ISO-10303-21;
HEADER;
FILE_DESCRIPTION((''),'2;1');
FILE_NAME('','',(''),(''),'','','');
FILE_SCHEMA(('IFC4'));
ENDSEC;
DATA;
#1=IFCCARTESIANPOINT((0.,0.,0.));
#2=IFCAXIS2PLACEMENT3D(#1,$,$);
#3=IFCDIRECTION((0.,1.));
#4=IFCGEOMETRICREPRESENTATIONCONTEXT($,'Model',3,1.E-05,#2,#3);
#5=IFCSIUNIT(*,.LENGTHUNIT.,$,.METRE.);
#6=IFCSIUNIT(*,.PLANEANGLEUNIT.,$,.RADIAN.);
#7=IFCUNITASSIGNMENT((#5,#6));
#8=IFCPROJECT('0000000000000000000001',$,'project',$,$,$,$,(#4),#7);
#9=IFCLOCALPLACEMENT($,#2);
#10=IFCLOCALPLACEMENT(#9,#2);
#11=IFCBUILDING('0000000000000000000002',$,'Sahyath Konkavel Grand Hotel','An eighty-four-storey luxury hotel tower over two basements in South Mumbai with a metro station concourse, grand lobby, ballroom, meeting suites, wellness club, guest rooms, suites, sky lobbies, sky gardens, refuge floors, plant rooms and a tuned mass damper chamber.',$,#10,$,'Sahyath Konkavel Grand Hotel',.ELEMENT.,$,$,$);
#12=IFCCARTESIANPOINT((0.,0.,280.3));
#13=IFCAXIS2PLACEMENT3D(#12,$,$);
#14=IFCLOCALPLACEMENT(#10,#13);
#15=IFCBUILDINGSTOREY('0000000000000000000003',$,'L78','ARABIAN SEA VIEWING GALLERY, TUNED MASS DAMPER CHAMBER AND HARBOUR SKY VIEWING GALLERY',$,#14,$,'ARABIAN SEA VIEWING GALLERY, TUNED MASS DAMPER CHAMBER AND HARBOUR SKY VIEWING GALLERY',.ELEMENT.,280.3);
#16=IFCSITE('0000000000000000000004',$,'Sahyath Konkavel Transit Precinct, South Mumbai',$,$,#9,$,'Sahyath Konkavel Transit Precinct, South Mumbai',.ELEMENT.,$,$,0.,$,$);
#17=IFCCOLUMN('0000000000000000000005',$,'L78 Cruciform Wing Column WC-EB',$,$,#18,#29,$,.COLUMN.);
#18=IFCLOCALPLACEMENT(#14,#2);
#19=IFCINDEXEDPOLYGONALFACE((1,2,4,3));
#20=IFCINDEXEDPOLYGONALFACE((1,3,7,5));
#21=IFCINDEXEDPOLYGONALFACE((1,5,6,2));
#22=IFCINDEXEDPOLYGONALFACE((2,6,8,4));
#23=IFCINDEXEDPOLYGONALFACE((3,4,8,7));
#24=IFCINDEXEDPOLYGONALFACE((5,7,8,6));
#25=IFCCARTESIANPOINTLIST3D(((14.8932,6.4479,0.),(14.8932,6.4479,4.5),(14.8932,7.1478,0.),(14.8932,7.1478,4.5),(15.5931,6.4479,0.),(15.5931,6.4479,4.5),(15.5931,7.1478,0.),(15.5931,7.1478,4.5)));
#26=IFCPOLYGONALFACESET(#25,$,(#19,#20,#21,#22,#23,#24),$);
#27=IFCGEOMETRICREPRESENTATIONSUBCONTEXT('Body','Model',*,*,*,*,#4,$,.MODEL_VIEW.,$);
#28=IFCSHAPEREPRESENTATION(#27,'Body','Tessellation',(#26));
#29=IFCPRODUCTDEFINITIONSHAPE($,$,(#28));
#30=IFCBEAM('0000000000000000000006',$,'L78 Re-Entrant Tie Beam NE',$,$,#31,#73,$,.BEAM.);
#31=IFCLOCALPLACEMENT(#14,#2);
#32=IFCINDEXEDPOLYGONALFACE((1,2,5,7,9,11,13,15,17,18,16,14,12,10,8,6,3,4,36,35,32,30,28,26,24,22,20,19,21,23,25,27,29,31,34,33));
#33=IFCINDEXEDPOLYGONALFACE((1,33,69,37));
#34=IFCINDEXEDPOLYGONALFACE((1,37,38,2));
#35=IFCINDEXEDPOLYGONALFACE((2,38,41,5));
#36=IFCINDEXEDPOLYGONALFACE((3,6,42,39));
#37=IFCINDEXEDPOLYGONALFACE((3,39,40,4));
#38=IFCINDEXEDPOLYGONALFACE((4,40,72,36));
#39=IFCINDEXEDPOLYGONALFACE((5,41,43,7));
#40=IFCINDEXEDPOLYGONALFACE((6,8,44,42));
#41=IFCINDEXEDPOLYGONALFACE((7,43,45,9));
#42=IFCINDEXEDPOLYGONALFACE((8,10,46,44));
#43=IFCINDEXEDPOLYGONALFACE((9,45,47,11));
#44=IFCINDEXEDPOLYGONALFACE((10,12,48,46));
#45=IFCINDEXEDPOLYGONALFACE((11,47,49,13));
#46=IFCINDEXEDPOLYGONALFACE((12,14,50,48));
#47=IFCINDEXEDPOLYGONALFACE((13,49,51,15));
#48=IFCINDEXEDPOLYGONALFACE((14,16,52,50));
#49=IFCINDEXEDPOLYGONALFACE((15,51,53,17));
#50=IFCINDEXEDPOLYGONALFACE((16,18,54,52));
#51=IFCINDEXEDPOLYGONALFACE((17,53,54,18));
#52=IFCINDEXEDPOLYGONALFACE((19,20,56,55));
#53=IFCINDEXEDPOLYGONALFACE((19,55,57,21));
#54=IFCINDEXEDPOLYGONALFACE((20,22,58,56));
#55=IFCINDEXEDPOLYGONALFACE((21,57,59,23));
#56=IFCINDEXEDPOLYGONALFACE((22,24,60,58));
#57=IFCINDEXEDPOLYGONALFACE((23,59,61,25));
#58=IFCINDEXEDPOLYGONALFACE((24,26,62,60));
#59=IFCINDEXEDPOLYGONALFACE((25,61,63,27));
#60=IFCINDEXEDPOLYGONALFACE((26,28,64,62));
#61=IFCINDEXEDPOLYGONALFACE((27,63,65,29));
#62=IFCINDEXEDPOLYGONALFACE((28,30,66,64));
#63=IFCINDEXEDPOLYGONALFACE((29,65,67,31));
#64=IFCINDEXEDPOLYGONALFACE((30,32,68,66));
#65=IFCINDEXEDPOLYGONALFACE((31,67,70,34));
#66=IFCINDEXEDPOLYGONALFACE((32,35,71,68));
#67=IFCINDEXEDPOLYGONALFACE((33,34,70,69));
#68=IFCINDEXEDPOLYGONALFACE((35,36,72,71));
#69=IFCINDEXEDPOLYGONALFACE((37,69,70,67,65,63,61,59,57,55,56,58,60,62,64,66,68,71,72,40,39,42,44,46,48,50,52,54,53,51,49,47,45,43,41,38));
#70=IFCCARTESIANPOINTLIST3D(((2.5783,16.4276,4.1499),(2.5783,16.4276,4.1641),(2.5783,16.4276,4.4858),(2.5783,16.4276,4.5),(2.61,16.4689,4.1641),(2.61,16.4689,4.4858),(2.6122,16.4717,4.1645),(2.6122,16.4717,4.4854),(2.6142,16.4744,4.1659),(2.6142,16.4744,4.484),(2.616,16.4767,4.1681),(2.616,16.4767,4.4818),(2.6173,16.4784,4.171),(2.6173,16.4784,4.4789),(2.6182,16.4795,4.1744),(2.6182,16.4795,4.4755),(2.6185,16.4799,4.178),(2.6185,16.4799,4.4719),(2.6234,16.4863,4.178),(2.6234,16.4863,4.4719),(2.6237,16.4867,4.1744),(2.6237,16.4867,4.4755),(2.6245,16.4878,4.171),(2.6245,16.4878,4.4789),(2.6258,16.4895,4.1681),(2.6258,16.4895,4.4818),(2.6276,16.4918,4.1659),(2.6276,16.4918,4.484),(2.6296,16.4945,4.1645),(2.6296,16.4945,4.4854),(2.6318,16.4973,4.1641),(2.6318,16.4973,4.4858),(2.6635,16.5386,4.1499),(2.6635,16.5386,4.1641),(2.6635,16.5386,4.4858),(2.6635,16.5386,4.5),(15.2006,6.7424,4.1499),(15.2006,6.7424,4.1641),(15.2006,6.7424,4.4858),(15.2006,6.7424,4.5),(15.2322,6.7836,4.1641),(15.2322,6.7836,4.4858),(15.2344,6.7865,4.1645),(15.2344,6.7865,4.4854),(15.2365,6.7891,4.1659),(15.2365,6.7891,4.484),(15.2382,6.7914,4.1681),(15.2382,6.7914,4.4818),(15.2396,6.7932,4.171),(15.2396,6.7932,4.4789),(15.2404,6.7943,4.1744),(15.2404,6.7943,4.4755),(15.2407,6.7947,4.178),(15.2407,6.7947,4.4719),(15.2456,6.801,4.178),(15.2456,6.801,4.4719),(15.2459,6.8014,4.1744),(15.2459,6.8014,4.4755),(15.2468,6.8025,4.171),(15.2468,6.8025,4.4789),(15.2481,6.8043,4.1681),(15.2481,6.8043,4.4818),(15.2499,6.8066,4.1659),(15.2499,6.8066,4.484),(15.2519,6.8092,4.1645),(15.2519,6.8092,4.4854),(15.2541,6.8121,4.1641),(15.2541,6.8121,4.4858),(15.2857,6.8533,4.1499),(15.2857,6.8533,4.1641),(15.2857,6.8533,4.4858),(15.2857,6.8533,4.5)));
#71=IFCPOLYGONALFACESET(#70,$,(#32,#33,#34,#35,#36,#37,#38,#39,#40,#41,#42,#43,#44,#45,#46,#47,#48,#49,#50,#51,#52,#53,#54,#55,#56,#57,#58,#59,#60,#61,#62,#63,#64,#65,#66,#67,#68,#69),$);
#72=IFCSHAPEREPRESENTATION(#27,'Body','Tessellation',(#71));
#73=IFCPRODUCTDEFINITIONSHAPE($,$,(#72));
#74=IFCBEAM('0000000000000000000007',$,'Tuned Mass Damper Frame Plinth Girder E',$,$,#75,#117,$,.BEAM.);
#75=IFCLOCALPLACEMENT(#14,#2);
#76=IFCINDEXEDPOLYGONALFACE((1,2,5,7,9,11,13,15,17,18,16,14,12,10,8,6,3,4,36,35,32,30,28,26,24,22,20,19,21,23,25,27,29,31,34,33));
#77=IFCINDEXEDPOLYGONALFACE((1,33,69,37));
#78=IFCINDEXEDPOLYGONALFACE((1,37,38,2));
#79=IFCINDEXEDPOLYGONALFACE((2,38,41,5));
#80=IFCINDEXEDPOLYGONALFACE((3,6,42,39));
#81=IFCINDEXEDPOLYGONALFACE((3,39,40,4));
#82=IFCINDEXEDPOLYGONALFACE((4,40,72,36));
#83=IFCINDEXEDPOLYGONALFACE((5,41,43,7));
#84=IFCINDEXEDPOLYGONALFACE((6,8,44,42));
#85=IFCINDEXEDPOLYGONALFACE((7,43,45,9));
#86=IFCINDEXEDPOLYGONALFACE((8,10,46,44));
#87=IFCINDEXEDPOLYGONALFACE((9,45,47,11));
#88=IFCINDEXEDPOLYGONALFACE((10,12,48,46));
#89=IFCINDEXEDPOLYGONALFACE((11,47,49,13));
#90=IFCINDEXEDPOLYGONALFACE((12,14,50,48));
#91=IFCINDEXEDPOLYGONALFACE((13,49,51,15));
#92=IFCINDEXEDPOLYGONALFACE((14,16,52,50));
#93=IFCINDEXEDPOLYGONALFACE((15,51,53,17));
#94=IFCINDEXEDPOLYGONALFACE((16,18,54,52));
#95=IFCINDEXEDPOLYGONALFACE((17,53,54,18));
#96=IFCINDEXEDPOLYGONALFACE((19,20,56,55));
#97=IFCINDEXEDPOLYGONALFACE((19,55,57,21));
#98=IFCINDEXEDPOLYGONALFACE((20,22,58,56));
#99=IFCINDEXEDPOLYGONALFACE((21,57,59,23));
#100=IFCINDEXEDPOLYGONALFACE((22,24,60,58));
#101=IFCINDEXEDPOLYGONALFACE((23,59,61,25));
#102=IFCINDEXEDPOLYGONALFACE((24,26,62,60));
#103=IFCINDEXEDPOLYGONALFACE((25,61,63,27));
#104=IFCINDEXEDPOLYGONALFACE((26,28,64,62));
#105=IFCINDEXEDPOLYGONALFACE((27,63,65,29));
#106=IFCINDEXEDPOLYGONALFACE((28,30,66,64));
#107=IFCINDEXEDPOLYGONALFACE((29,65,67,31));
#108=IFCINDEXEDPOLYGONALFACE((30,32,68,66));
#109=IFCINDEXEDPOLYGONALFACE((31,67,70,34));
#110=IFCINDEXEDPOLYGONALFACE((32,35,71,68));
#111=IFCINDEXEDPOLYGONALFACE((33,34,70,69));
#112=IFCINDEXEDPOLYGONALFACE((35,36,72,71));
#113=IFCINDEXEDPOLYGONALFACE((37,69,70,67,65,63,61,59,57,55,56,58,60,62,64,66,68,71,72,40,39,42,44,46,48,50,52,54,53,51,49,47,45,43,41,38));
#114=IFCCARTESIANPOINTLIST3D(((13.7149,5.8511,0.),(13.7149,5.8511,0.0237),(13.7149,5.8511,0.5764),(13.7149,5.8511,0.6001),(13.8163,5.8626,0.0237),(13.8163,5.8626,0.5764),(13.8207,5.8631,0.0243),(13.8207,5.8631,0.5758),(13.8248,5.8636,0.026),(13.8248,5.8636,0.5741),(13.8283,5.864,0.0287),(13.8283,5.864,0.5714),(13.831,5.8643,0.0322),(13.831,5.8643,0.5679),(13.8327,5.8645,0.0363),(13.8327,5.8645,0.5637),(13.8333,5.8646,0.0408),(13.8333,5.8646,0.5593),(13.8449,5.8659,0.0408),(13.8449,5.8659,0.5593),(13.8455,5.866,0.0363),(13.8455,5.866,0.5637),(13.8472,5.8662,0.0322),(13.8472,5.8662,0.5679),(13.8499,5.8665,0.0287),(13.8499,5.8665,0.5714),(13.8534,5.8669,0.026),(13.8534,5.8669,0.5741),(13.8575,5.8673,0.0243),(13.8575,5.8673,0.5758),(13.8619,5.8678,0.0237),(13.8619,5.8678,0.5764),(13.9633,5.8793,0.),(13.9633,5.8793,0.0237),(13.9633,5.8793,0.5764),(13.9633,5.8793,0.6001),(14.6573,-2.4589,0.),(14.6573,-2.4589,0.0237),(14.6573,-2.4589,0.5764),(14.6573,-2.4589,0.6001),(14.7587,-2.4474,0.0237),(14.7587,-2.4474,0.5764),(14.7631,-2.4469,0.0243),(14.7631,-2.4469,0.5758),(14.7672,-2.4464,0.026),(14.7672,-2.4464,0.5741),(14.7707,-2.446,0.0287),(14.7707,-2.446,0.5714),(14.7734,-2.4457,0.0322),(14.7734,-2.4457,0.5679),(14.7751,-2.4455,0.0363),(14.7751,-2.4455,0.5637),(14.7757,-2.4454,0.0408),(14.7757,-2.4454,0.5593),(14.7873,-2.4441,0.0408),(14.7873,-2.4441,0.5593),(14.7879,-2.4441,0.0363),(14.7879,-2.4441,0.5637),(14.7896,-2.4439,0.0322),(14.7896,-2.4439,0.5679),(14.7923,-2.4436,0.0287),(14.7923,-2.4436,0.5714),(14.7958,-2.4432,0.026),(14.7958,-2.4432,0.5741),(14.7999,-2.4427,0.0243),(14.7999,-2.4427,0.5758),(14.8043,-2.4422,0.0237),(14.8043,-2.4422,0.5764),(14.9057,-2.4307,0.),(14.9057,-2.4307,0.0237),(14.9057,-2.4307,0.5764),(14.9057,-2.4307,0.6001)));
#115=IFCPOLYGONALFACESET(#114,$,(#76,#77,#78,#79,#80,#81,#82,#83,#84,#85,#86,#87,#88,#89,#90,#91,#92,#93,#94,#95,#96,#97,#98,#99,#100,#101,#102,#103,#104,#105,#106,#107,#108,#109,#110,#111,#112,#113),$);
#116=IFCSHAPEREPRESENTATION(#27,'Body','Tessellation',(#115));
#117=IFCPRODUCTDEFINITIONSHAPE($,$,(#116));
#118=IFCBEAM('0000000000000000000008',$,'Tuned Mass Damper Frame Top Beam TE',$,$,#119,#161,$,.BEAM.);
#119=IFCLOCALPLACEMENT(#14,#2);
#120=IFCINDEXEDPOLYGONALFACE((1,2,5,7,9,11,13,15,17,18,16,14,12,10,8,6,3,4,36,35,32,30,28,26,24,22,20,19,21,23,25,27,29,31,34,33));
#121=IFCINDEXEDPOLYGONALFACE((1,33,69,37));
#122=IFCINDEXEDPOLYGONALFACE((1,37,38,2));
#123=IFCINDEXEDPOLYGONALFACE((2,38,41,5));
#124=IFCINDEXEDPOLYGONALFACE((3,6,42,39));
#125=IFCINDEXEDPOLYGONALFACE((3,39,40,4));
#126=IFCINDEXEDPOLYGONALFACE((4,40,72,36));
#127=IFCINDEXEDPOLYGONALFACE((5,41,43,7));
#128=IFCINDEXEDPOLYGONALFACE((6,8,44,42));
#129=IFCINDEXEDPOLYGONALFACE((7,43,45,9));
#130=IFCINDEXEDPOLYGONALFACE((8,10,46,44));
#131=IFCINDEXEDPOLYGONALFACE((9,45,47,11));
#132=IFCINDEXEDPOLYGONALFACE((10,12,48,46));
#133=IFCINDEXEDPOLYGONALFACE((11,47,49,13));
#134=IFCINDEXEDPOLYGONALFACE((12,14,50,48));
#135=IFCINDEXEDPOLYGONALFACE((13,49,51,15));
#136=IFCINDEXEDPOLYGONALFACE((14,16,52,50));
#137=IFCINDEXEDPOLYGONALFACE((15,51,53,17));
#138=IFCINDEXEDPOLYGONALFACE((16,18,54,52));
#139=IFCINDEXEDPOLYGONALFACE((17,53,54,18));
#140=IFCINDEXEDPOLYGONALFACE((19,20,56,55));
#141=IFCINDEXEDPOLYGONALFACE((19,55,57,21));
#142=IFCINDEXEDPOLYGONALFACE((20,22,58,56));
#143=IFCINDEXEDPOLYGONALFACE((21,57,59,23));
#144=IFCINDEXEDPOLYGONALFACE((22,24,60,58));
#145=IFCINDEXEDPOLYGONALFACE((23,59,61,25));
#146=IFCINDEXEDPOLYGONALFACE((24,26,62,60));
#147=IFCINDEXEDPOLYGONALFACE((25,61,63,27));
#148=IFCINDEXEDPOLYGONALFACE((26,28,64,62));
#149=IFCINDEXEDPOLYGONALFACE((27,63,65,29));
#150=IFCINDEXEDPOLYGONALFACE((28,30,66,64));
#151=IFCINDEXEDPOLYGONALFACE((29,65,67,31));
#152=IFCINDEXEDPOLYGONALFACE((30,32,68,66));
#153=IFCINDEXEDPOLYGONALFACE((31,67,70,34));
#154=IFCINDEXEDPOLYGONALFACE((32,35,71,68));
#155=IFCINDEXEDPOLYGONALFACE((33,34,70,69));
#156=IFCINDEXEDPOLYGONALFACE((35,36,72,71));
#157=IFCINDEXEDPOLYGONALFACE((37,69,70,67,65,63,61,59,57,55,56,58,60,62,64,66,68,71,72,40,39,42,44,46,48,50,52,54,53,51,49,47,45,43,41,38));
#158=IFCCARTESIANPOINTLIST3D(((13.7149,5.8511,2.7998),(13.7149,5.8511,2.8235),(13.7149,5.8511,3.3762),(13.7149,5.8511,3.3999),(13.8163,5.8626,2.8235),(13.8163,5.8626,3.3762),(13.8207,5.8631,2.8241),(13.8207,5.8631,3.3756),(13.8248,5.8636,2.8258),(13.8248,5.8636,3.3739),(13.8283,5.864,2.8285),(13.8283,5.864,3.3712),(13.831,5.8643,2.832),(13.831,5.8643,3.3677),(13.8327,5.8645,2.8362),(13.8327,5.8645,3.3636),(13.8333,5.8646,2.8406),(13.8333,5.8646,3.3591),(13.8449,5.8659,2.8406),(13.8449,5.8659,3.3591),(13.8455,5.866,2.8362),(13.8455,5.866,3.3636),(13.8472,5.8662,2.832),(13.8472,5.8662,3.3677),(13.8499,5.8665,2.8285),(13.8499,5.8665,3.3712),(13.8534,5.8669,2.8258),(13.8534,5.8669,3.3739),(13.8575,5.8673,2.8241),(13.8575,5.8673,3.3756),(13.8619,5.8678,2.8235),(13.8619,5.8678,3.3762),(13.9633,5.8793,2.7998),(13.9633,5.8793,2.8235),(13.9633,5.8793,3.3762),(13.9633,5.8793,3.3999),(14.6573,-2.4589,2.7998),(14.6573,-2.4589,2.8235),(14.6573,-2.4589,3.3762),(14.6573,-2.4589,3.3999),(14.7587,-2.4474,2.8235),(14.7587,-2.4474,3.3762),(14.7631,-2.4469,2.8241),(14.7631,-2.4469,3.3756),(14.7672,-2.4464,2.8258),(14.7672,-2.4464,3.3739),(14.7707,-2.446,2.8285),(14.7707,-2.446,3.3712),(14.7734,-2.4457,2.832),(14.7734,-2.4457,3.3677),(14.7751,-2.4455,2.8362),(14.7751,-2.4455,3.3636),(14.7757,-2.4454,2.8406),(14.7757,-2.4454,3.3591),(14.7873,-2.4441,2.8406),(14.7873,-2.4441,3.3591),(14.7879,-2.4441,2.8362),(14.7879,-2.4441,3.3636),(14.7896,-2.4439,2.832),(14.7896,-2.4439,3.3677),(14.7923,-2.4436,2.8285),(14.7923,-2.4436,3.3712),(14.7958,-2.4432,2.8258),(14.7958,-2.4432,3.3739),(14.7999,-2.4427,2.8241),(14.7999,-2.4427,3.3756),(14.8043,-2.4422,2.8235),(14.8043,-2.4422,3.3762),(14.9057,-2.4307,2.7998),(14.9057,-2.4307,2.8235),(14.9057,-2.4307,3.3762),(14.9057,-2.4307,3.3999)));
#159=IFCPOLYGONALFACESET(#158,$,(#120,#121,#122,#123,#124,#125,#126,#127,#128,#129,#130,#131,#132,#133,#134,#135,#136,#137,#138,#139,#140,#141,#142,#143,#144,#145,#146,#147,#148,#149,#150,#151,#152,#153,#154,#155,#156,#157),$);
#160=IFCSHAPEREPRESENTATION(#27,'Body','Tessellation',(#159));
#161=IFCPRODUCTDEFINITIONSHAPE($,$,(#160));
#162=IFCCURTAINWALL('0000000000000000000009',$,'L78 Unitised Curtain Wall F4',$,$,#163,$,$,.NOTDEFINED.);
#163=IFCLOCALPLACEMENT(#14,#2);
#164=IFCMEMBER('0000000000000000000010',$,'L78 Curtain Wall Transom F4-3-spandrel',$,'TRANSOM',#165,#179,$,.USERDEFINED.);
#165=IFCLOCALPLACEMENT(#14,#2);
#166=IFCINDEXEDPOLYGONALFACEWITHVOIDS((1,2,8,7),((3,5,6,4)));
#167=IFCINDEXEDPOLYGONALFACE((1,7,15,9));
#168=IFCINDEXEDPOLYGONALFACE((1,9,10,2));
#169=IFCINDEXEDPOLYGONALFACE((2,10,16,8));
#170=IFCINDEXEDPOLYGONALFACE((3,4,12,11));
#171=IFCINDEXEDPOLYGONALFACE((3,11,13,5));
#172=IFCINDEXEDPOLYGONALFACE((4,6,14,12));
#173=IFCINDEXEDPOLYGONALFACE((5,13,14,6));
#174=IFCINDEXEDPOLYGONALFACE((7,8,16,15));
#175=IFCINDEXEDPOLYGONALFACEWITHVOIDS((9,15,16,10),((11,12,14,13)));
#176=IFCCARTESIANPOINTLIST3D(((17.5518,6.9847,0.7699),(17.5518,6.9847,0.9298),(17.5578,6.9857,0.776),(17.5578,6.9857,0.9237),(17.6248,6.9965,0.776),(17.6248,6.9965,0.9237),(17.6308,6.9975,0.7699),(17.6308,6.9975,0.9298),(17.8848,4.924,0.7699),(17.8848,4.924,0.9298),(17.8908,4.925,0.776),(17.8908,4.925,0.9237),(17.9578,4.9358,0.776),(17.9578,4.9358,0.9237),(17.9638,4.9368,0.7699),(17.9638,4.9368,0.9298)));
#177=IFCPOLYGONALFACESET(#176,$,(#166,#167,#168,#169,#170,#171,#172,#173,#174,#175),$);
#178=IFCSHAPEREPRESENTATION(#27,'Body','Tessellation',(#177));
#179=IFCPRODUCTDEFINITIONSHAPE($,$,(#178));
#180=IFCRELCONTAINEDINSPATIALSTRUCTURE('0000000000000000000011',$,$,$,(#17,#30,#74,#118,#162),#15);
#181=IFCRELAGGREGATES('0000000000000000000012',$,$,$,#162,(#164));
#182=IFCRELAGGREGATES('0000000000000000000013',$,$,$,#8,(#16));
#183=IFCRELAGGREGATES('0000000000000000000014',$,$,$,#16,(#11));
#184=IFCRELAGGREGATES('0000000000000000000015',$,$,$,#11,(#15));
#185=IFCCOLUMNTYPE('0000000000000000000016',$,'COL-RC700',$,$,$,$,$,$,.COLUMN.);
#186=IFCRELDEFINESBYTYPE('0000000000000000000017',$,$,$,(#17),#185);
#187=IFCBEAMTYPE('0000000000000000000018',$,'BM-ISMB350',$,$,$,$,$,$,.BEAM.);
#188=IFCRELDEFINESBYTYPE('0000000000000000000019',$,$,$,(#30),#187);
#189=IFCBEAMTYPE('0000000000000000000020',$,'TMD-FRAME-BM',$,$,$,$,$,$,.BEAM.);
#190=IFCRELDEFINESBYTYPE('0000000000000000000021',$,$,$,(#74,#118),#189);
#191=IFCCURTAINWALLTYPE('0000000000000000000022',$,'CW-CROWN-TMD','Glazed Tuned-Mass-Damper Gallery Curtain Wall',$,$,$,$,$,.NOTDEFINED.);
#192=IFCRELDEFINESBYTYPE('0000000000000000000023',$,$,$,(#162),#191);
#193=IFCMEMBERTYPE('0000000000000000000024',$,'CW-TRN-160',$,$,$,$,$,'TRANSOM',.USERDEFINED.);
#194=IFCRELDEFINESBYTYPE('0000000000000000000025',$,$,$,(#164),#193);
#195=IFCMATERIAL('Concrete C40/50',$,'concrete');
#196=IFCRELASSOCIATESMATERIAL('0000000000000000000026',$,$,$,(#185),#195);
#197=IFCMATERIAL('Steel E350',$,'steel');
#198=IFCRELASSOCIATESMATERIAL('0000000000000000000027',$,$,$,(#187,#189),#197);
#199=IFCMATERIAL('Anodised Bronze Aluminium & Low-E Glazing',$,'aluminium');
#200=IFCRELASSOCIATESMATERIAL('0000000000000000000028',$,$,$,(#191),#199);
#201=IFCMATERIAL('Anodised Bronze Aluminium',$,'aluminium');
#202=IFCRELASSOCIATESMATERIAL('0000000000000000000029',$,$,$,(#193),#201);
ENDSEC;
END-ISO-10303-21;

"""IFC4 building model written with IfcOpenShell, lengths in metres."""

from ifc_helpers import new_model, si_unit, direction, frame, origin, origin_2d, place, context, subcontext, project, spatial, rectangle, hollow_rectangle, i_section, extrude, source, transform, mapped, material, material_profile, profile_set, type_object, element, aggregate, save


model = new_model("IFC4")

# Units and contexts
model_context = context("Model", 3, precision=1e-05, world=origin(), true_north=direction((0.0, 1.0)))
body_context = subcontext(model_context, "Body", "Model", "MODEL_VIEW")
ifc_project = project(units=[si_unit("LENGTHUNIT", "METRE"), si_unit("PLANEANGLEUNIT", "RADIAN")], contexts=[model_context])

# Site, building, storey
site_placement = place(None, origin())
site = spatial("IfcSite", under=ifc_project, at=site_placement, Name="Sahyath Konkavel Transit Precinct, South Mumbai", LongName="Sahyath Konkavel Transit Precinct, South Mumbai", CompositionType="ELEMENT", RefElevation=0.0)
building_placement = place(site_placement, origin())
building = spatial("IfcBuilding", under=site, at=building_placement, Name="Sahyath Konkavel Grand Hotel", Description="An eighty-four-storey luxury hotel tower over two basements in South Mumbai with a metro station concourse, grand lobby, ballroom, meeting suites, wellness club, guest rooms, suites, sky lobbies, sky gardens, refuge floors, plant rooms and a tuned mass damper chamber.", LongName="Sahyath Konkavel Grand Hotel", CompositionType="ELEMENT")
storey_placement = place(building_placement, frame((0.0, 0.0, 280.3)))
storey = spatial("IfcBuildingStorey", under=building, at=storey_placement, Name="L78", Description="ARABIAN SEA VIEWING GALLERY, TUNED MASS DAMPER CHAMBER AND HARBOUR SKY VIEWING GALLERY", LongName="ARABIAN SEA VIEWING GALLERY, TUNED MASS DAMPER CHAMBER AND HARBOUR SKY VIEWING GALLERY", CompositionType="ELEMENT", Elevation=280.3)

# Column
ifc_material_1 = material(Name="Concrete C40/50", Category="concrete")
ifc_material_profile_1 = material_profile(ifc_material_1, rectangle(XDim=0.7, YDim=0.7, at=origin_2d()), Name="RC 700x700")
ifc_profile_set_1 = profile_set([ifc_material_profile_1], Name="Concrete C40/50")
column_type = type_object("IfcColumnType", Name="COL-RC700", PredefinedType="COLUMN", material=ifc_profile_set_1)
shared_shape_1 = source(origin(), body_context, "Body", "SweptSolid", [
    extrude(rectangle(XDim=0.7, YDim=0.7, at=origin_2d()), origin(), (0.0, 0.0, 1.0), 4.5),
])
column_placement = place(storey_placement, frame((15.2432, 6.7979, 0.0), z_axis=(0.0, 0.0, 1.0), x_axis=(1.0, 0.0, 0.0)))
element("IfcColumn", 1, at=column_placement, inside=storey, type_object=column_type, Name="L78 Cruciform Wing Column WC-EB", PredefinedType="COLUMN", context=body_context, shape_type="MappedRepresentation", body=[
    mapped(shared_shape_1, transform((0.0, 0.0, 0.0), scale=1.0)),
])

# Beams
ifc_material_2 = material(Name="Steel E350", Category="steel")
ifc_material_profile_2 = material_profile(ifc_material_2, i_section(OverallWidth=0.1399, OverallDepth=0.3501, WebThickness=0.0081, FlangeThickness=0.0142, FilletRadius=0.0139, at=origin_2d()), Name="ISMB 350")
ifc_profile_set_2 = profile_set([ifc_material_profile_2], Name="Steel E350")
beam_type_1 = type_object("IfcBeamType", Name="BM-ISMB350", PredefinedType="BEAM", material=ifc_profile_set_2)
shared_shape_2 = source(origin(), body_context, "Body", "SweptSolid", [
    extrude(i_section(OverallWidth=0.1399, OverallDepth=0.3501, WebThickness=0.0081, FlangeThickness=0.0142, FilletRadius=0.0139, at=origin_2d()), origin(), (0.0, 0.0, 1.0), 15.9099),
])
beam_placement = place(storey_placement, frame((15.2432, 6.7979, 4.325), z_axis=(-0.793358, 0.608756, 0.0), x_axis=(-0.608756, -0.793358, 0.0)))
element("IfcBeam", 2, at=beam_placement, inside=storey, type_object=beam_type_1, Name="L78 Re-Entrant Tie Beam NE", PredefinedType="BEAM", context=body_context, shape_type="MappedRepresentation", body=[
    mapped(shared_shape_2, transform((0.0, 0.0, 0.0), scale=1.0)),
])
ifc_material_profile_3 = material_profile(ifc_material_2, i_section(OverallWidth=0.25, OverallDepth=0.6001, WebThickness=0.0117, FlangeThickness=0.0237, FilletRadius=0.0171, at=origin_2d()), Name="ISWB 600")
ifc_profile_set_3 = profile_set([ifc_material_profile_3], Name="Steel E350")
beam_type_2 = type_object("IfcBeamType", Name="TMD-FRAME-BM", PredefinedType="BEAM", material=ifc_profile_set_3)
shared_shape_3 = source(origin(), body_context, "Body", "SweptSolid", [
    extrude(i_section(OverallWidth=0.25, OverallDepth=0.6001, WebThickness=0.0117, FlangeThickness=0.0237, FilletRadius=0.0171, at=origin_2d()), origin(), (0.0, 0.0, 1.0), 8.3633),
])
for number, where, z_axis, x_axis, name in (
    (3, (13.8391, 5.8652, 0.3), (0.11268, -0.993631, 0.0), (0.993631, 0.11268, 0.0), "Tuned Mass Damper Frame Plinth Girder E"),
    (4, (13.8391, 5.8652, 3.0999), (0.11268, -0.993631, 0.0), (0.993631, 0.11268, 0.0), "Tuned Mass Damper Frame Top Beam TE"),
):
    element("IfcBeam", number, at=place(storey_placement, frame(where, z_axis=z_axis, x_axis=x_axis)), inside=storey, type_object=beam_type_2, Name=name, PredefinedType="BEAM", context=body_context, shape_type="MappedRepresentation", body=[
        mapped(shared_shape_3, transform((0.0, 0.0, 0.0), scale=1.0)),
    ])

# Curtain wall, member
ifc_material_3 = material(Name="Anodised Bronze Aluminium & Low-E Glazing", Category="aluminium")
curtain_wall_type = type_object("IfcCurtainWallType", Name="CW-CROWN-TMD", Description="Glazed Tuned-Mass-Damper Gallery Curtain Wall", PredefinedType="NOTDEFINED", material=ifc_material_3)
curtain_wall_1_placement = place(storey_placement, origin())
curtain_wall_1 = element("IfcCurtainWall", 5, at=curtain_wall_1_placement, inside=storey, type_object=curtain_wall_type, Name="L78 Unitised Curtain Wall F4", PredefinedType="NOTDEFINED")
ifc_material_4 = material(Name="Anodised Bronze Aluminium", Category="aluminium")
ifc_material_profile_4 = material_profile(ifc_material_4, hollow_rectangle(XDim=0.0801, YDim=0.1599, WallThickness=0.0061, at=origin_2d()), Name="RHS 160x80x6")
ifc_profile_set_4 = profile_set([ifc_material_profile_4], Name="Anodised Bronze Aluminium")
member_type_1 = type_object("IfcMemberType", Name="CW-TRN-160", ElementType="TRANSOM", PredefinedType="USERDEFINED", material=ifc_profile_set_4)
shared_shape_4 = source(origin(), body_context, "Body", "SweptSolid", [
    extrude(hollow_rectangle(XDim=0.0801, YDim=0.1599, WallThickness=0.0061, at=origin_2d()), origin(), (0.0, 0.0, 1.0), 2.0874),
])
member_1_placement = place(storey_placement, frame((17.9243, 4.9304, 0.8499), z_axis=(-0.159541, 0.987191, 0.0), x_axis=(-0.987191, -0.159541, 0.0)))
member_1 = element("IfcMember", 6, at=member_1_placement, type_object=member_type_1, Name="L78 Curtain Wall Transom F4-3-spandrel", ObjectType="TRANSOM", PredefinedType="USERDEFINED", context=body_context, shape_type="MappedRepresentation", body=[
    mapped(shared_shape_4, transform((0.0, 0.0, 0.0), scale=1.0)),
])

aggregate(curtain_wall_1, [member_1])

save(model, "model.ifc")
